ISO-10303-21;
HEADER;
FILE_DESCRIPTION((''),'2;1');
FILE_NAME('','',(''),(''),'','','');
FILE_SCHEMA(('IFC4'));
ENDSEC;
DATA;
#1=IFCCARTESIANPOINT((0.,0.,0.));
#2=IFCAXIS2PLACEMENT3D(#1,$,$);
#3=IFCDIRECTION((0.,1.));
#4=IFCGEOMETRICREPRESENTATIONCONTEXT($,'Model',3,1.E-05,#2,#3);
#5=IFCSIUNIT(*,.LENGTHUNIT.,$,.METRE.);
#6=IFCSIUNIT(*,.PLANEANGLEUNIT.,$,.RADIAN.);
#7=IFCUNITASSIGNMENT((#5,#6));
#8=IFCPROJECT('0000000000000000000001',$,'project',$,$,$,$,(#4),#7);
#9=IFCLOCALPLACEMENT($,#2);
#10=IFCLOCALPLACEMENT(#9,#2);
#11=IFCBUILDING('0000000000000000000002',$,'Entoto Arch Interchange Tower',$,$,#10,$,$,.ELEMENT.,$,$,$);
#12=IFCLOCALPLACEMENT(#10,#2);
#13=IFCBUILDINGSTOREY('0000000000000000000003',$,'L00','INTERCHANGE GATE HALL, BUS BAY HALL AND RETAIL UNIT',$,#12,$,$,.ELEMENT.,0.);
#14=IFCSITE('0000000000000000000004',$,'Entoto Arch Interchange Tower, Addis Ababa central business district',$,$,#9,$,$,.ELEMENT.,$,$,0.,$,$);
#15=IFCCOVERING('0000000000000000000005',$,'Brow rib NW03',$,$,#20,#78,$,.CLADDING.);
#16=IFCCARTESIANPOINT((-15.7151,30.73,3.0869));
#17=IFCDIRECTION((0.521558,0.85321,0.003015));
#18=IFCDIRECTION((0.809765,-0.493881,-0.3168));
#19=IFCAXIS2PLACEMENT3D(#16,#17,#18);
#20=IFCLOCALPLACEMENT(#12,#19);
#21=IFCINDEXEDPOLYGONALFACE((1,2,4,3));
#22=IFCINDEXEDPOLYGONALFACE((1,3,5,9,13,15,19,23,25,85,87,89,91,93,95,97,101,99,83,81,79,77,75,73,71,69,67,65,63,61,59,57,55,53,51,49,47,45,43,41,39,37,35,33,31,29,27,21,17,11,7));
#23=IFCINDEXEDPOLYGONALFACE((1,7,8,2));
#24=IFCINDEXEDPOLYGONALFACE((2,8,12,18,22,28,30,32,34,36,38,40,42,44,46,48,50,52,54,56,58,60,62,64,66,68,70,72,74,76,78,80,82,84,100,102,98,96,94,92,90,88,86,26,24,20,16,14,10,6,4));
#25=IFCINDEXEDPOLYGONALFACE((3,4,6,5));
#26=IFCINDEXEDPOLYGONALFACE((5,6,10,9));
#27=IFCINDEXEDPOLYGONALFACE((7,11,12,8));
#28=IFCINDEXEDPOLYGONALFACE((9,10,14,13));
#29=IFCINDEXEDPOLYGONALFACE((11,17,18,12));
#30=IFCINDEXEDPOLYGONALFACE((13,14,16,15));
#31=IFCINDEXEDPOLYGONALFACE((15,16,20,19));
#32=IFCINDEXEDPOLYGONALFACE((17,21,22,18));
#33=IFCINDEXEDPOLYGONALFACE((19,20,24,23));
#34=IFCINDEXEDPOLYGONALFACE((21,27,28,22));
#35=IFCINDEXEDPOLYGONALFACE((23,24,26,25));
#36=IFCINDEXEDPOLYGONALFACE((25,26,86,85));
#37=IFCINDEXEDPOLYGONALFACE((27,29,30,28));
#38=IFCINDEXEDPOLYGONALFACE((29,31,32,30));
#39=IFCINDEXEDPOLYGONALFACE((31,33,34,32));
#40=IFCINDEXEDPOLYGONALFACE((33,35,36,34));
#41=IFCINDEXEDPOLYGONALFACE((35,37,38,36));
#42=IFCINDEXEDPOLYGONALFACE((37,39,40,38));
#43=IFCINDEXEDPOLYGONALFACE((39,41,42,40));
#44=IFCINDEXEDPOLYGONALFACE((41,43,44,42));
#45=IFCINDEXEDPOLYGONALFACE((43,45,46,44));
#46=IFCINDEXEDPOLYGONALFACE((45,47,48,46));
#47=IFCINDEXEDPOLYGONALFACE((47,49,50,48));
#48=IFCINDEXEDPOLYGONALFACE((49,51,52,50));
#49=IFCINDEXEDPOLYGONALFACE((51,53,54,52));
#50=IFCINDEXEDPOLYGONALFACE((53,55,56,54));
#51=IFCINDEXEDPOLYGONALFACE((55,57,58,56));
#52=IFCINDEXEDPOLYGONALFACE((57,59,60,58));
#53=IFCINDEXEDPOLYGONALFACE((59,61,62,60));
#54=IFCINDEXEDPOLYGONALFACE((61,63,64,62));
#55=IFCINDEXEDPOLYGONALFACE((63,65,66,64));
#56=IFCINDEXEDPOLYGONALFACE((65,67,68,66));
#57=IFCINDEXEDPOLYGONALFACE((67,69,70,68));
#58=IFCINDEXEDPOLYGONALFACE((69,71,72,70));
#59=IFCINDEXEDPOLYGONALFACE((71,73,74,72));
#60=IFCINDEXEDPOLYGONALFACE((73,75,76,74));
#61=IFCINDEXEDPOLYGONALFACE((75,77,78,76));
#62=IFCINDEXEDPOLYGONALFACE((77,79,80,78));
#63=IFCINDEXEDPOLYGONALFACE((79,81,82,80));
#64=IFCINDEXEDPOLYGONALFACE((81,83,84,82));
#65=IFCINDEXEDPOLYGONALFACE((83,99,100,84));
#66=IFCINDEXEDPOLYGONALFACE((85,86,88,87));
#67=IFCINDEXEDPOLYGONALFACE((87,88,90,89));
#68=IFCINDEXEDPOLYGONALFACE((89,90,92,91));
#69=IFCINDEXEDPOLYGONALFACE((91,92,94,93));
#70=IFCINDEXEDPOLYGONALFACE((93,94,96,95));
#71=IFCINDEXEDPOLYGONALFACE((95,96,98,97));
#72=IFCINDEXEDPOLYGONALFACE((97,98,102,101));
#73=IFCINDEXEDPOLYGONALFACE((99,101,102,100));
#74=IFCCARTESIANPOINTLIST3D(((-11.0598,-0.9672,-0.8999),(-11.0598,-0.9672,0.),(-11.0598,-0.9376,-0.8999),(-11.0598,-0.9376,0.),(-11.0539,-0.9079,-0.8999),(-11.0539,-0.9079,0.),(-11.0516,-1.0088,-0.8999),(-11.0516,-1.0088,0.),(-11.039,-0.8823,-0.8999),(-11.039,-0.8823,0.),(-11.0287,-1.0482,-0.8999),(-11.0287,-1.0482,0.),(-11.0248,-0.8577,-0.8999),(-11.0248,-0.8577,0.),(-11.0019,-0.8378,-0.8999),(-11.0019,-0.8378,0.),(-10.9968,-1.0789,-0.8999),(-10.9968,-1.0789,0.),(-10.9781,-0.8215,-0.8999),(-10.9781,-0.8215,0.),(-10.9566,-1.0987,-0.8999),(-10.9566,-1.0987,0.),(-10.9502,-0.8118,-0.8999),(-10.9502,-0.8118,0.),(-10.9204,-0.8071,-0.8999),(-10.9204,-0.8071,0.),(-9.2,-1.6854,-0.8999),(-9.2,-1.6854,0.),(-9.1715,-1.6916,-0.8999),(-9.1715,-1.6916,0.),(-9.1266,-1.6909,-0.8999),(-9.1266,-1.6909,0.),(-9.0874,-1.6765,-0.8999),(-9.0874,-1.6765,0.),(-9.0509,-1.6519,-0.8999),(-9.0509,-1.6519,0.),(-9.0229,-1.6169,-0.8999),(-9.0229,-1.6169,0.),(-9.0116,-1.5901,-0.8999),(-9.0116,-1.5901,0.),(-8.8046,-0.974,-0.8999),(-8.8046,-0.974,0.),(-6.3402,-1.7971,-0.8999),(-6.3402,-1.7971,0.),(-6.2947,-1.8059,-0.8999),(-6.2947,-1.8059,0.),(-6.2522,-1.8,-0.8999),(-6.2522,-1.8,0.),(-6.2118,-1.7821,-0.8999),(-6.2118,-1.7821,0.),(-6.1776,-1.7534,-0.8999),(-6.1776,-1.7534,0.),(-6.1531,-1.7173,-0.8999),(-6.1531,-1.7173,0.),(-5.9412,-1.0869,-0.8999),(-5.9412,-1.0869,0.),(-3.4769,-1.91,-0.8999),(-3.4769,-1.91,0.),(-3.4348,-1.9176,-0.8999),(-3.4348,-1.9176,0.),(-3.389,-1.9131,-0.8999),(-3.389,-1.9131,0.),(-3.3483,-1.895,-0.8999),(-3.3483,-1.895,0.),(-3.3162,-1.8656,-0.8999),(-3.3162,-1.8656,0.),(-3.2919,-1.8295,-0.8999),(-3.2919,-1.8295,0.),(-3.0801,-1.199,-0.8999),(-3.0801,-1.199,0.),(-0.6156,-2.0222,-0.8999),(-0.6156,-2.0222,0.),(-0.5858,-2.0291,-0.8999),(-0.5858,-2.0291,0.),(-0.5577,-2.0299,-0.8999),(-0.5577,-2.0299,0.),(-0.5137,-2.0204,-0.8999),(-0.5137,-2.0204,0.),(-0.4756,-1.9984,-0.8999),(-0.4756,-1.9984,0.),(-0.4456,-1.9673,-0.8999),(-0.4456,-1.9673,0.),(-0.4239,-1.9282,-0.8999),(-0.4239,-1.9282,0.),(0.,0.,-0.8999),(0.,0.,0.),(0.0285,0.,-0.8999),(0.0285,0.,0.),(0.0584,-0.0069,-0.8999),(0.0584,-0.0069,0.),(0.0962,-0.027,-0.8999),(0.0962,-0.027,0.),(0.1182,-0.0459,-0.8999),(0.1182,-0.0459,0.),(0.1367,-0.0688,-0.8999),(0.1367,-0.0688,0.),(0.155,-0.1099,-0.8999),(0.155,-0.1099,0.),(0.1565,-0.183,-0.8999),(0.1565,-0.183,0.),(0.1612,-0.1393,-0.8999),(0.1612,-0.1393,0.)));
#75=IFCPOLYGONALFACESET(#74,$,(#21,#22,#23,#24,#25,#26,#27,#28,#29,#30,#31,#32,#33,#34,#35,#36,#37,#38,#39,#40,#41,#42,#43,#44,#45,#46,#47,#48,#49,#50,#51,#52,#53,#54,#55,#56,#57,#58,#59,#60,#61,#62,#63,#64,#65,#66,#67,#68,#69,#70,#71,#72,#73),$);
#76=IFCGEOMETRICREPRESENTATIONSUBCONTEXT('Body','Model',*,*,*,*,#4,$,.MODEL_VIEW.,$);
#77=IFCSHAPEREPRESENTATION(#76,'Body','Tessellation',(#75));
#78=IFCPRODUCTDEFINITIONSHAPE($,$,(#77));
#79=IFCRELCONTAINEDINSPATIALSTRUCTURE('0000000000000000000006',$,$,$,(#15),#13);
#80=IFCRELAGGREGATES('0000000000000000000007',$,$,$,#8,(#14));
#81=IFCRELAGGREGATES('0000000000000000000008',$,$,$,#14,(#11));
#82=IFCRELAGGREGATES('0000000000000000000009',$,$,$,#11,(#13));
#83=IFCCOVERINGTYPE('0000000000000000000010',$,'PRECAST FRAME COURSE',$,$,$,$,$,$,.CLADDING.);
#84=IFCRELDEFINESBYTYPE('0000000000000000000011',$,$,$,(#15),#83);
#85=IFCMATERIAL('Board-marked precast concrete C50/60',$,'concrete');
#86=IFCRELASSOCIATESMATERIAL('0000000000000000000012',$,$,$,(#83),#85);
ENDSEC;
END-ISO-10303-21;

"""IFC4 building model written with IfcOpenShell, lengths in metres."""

from ifc_helpers import new_model, si_unit, direction, frame, origin, place, context, subcontext, project, spatial, polyline, outline, extrude, material, type_object, element, save


model = new_model("IFC4")

# Units and contexts
model_context = context("Model", 3, precision=1e-05, world=origin(), true_north=direction((0.0, 1.0)))
body_context = subcontext(model_context, "Body", "Model", "MODEL_VIEW")
ifc_project = project(units=[si_unit("LENGTHUNIT", "METRE"), si_unit("PLANEANGLEUNIT", "RADIAN")], contexts=[model_context])

# Site, building, storey
site_placement = place(None, origin())
site = spatial("IfcSite", under=ifc_project, at=site_placement, Name="Entoto Arch Interchange Tower, Addis Ababa central business district", CompositionType="ELEMENT", RefElevation=0.0)
building_placement = place(site_placement, origin())
building = spatial("IfcBuilding", under=site, at=building_placement, Name="Entoto Arch Interchange Tower", CompositionType="ELEMENT")
storey_placement = place(building_placement, origin())
storey = spatial("IfcBuildingStorey", under=building, at=storey_placement, Name="L00", Description="INTERCHANGE GATE HALL, BUS BAY HALL AND RETAIL UNIT", CompositionType="ELEMENT", Elevation=0.0)

# Covering
ifc_material_1 = material(Name="Board-marked precast concrete C50/60", Category="concrete")
covering_type = type_object("IfcCoveringType", Name="PRECAST FRAME COURSE", PredefinedType="CLADDING", material=ifc_material_1)
covering_placement = place(storey_placement, frame((-15.7151, 30.73, 3.0869), z_axis=(0.521558, 0.85321, 0.003015), x_axis=(0.809765, -0.493881, -0.3168)))
element("IfcCovering", 1, at=covering_placement, inside=storey, type_object=covering_type, Name="Brow rib NW03", PredefinedType="CLADDING", context=body_context, shape_type="SweptSolid", body=[
    extrude(outline(polyline([(0.0, 0.0), (0.0285, 0.0), (0.0584, -0.0069), (0.0962, -0.027), (0.1182, -0.0459), (0.1367, -0.0688), (0.155, -0.1099), (0.1612, -0.1393), (0.1565, -0.183), (-0.4239, -1.9282), (-0.4456, -1.9673), (-0.4756, -1.9984), (-0.5137, -2.0204), (-0.5577, -2.0299), (-0.5858, -2.0291), (-0.6156, -2.0222), (-3.0801, -1.199), (-3.2919, -1.8295), (-3.3162, -1.8656), (-3.3483, -1.895), (-3.389, -1.9131), (-3.4348, -1.9176), (-3.4769, -1.91), (-5.9412, -1.0869), (-6.1531, -1.7173), (-6.1776, -1.7534), (-6.2118, -1.7821), (-6.2522, -1.8), (-6.2947, -1.8059), (-6.3402, -1.7971), (-8.8046, -0.974), (-9.0116, -1.5901), (-9.0229, -1.6169), (-9.0509, -1.6519), (-9.0874, -1.6765), (-9.1266, -1.6909), (-9.1715, -1.6916), (-9.2, -1.6854), (-10.9566, -1.0987), (-10.9968, -1.0789), (-11.0287, -1.0482), (-11.0516, -1.0088), (-11.0598, -0.9672), (-11.0598, -0.9376), (-11.0539, -0.9079), (-11.039, -0.8823), (-11.0248, -0.8577), (-11.0019, -0.8378), (-10.9781, -0.8215), (-10.9502, -0.8118), (-10.9204, -0.8071), (0.0, 0.0)])), origin(), (0.0, 0.0, -1.0), 0.8999),
])

save(model, "model.ifc")
